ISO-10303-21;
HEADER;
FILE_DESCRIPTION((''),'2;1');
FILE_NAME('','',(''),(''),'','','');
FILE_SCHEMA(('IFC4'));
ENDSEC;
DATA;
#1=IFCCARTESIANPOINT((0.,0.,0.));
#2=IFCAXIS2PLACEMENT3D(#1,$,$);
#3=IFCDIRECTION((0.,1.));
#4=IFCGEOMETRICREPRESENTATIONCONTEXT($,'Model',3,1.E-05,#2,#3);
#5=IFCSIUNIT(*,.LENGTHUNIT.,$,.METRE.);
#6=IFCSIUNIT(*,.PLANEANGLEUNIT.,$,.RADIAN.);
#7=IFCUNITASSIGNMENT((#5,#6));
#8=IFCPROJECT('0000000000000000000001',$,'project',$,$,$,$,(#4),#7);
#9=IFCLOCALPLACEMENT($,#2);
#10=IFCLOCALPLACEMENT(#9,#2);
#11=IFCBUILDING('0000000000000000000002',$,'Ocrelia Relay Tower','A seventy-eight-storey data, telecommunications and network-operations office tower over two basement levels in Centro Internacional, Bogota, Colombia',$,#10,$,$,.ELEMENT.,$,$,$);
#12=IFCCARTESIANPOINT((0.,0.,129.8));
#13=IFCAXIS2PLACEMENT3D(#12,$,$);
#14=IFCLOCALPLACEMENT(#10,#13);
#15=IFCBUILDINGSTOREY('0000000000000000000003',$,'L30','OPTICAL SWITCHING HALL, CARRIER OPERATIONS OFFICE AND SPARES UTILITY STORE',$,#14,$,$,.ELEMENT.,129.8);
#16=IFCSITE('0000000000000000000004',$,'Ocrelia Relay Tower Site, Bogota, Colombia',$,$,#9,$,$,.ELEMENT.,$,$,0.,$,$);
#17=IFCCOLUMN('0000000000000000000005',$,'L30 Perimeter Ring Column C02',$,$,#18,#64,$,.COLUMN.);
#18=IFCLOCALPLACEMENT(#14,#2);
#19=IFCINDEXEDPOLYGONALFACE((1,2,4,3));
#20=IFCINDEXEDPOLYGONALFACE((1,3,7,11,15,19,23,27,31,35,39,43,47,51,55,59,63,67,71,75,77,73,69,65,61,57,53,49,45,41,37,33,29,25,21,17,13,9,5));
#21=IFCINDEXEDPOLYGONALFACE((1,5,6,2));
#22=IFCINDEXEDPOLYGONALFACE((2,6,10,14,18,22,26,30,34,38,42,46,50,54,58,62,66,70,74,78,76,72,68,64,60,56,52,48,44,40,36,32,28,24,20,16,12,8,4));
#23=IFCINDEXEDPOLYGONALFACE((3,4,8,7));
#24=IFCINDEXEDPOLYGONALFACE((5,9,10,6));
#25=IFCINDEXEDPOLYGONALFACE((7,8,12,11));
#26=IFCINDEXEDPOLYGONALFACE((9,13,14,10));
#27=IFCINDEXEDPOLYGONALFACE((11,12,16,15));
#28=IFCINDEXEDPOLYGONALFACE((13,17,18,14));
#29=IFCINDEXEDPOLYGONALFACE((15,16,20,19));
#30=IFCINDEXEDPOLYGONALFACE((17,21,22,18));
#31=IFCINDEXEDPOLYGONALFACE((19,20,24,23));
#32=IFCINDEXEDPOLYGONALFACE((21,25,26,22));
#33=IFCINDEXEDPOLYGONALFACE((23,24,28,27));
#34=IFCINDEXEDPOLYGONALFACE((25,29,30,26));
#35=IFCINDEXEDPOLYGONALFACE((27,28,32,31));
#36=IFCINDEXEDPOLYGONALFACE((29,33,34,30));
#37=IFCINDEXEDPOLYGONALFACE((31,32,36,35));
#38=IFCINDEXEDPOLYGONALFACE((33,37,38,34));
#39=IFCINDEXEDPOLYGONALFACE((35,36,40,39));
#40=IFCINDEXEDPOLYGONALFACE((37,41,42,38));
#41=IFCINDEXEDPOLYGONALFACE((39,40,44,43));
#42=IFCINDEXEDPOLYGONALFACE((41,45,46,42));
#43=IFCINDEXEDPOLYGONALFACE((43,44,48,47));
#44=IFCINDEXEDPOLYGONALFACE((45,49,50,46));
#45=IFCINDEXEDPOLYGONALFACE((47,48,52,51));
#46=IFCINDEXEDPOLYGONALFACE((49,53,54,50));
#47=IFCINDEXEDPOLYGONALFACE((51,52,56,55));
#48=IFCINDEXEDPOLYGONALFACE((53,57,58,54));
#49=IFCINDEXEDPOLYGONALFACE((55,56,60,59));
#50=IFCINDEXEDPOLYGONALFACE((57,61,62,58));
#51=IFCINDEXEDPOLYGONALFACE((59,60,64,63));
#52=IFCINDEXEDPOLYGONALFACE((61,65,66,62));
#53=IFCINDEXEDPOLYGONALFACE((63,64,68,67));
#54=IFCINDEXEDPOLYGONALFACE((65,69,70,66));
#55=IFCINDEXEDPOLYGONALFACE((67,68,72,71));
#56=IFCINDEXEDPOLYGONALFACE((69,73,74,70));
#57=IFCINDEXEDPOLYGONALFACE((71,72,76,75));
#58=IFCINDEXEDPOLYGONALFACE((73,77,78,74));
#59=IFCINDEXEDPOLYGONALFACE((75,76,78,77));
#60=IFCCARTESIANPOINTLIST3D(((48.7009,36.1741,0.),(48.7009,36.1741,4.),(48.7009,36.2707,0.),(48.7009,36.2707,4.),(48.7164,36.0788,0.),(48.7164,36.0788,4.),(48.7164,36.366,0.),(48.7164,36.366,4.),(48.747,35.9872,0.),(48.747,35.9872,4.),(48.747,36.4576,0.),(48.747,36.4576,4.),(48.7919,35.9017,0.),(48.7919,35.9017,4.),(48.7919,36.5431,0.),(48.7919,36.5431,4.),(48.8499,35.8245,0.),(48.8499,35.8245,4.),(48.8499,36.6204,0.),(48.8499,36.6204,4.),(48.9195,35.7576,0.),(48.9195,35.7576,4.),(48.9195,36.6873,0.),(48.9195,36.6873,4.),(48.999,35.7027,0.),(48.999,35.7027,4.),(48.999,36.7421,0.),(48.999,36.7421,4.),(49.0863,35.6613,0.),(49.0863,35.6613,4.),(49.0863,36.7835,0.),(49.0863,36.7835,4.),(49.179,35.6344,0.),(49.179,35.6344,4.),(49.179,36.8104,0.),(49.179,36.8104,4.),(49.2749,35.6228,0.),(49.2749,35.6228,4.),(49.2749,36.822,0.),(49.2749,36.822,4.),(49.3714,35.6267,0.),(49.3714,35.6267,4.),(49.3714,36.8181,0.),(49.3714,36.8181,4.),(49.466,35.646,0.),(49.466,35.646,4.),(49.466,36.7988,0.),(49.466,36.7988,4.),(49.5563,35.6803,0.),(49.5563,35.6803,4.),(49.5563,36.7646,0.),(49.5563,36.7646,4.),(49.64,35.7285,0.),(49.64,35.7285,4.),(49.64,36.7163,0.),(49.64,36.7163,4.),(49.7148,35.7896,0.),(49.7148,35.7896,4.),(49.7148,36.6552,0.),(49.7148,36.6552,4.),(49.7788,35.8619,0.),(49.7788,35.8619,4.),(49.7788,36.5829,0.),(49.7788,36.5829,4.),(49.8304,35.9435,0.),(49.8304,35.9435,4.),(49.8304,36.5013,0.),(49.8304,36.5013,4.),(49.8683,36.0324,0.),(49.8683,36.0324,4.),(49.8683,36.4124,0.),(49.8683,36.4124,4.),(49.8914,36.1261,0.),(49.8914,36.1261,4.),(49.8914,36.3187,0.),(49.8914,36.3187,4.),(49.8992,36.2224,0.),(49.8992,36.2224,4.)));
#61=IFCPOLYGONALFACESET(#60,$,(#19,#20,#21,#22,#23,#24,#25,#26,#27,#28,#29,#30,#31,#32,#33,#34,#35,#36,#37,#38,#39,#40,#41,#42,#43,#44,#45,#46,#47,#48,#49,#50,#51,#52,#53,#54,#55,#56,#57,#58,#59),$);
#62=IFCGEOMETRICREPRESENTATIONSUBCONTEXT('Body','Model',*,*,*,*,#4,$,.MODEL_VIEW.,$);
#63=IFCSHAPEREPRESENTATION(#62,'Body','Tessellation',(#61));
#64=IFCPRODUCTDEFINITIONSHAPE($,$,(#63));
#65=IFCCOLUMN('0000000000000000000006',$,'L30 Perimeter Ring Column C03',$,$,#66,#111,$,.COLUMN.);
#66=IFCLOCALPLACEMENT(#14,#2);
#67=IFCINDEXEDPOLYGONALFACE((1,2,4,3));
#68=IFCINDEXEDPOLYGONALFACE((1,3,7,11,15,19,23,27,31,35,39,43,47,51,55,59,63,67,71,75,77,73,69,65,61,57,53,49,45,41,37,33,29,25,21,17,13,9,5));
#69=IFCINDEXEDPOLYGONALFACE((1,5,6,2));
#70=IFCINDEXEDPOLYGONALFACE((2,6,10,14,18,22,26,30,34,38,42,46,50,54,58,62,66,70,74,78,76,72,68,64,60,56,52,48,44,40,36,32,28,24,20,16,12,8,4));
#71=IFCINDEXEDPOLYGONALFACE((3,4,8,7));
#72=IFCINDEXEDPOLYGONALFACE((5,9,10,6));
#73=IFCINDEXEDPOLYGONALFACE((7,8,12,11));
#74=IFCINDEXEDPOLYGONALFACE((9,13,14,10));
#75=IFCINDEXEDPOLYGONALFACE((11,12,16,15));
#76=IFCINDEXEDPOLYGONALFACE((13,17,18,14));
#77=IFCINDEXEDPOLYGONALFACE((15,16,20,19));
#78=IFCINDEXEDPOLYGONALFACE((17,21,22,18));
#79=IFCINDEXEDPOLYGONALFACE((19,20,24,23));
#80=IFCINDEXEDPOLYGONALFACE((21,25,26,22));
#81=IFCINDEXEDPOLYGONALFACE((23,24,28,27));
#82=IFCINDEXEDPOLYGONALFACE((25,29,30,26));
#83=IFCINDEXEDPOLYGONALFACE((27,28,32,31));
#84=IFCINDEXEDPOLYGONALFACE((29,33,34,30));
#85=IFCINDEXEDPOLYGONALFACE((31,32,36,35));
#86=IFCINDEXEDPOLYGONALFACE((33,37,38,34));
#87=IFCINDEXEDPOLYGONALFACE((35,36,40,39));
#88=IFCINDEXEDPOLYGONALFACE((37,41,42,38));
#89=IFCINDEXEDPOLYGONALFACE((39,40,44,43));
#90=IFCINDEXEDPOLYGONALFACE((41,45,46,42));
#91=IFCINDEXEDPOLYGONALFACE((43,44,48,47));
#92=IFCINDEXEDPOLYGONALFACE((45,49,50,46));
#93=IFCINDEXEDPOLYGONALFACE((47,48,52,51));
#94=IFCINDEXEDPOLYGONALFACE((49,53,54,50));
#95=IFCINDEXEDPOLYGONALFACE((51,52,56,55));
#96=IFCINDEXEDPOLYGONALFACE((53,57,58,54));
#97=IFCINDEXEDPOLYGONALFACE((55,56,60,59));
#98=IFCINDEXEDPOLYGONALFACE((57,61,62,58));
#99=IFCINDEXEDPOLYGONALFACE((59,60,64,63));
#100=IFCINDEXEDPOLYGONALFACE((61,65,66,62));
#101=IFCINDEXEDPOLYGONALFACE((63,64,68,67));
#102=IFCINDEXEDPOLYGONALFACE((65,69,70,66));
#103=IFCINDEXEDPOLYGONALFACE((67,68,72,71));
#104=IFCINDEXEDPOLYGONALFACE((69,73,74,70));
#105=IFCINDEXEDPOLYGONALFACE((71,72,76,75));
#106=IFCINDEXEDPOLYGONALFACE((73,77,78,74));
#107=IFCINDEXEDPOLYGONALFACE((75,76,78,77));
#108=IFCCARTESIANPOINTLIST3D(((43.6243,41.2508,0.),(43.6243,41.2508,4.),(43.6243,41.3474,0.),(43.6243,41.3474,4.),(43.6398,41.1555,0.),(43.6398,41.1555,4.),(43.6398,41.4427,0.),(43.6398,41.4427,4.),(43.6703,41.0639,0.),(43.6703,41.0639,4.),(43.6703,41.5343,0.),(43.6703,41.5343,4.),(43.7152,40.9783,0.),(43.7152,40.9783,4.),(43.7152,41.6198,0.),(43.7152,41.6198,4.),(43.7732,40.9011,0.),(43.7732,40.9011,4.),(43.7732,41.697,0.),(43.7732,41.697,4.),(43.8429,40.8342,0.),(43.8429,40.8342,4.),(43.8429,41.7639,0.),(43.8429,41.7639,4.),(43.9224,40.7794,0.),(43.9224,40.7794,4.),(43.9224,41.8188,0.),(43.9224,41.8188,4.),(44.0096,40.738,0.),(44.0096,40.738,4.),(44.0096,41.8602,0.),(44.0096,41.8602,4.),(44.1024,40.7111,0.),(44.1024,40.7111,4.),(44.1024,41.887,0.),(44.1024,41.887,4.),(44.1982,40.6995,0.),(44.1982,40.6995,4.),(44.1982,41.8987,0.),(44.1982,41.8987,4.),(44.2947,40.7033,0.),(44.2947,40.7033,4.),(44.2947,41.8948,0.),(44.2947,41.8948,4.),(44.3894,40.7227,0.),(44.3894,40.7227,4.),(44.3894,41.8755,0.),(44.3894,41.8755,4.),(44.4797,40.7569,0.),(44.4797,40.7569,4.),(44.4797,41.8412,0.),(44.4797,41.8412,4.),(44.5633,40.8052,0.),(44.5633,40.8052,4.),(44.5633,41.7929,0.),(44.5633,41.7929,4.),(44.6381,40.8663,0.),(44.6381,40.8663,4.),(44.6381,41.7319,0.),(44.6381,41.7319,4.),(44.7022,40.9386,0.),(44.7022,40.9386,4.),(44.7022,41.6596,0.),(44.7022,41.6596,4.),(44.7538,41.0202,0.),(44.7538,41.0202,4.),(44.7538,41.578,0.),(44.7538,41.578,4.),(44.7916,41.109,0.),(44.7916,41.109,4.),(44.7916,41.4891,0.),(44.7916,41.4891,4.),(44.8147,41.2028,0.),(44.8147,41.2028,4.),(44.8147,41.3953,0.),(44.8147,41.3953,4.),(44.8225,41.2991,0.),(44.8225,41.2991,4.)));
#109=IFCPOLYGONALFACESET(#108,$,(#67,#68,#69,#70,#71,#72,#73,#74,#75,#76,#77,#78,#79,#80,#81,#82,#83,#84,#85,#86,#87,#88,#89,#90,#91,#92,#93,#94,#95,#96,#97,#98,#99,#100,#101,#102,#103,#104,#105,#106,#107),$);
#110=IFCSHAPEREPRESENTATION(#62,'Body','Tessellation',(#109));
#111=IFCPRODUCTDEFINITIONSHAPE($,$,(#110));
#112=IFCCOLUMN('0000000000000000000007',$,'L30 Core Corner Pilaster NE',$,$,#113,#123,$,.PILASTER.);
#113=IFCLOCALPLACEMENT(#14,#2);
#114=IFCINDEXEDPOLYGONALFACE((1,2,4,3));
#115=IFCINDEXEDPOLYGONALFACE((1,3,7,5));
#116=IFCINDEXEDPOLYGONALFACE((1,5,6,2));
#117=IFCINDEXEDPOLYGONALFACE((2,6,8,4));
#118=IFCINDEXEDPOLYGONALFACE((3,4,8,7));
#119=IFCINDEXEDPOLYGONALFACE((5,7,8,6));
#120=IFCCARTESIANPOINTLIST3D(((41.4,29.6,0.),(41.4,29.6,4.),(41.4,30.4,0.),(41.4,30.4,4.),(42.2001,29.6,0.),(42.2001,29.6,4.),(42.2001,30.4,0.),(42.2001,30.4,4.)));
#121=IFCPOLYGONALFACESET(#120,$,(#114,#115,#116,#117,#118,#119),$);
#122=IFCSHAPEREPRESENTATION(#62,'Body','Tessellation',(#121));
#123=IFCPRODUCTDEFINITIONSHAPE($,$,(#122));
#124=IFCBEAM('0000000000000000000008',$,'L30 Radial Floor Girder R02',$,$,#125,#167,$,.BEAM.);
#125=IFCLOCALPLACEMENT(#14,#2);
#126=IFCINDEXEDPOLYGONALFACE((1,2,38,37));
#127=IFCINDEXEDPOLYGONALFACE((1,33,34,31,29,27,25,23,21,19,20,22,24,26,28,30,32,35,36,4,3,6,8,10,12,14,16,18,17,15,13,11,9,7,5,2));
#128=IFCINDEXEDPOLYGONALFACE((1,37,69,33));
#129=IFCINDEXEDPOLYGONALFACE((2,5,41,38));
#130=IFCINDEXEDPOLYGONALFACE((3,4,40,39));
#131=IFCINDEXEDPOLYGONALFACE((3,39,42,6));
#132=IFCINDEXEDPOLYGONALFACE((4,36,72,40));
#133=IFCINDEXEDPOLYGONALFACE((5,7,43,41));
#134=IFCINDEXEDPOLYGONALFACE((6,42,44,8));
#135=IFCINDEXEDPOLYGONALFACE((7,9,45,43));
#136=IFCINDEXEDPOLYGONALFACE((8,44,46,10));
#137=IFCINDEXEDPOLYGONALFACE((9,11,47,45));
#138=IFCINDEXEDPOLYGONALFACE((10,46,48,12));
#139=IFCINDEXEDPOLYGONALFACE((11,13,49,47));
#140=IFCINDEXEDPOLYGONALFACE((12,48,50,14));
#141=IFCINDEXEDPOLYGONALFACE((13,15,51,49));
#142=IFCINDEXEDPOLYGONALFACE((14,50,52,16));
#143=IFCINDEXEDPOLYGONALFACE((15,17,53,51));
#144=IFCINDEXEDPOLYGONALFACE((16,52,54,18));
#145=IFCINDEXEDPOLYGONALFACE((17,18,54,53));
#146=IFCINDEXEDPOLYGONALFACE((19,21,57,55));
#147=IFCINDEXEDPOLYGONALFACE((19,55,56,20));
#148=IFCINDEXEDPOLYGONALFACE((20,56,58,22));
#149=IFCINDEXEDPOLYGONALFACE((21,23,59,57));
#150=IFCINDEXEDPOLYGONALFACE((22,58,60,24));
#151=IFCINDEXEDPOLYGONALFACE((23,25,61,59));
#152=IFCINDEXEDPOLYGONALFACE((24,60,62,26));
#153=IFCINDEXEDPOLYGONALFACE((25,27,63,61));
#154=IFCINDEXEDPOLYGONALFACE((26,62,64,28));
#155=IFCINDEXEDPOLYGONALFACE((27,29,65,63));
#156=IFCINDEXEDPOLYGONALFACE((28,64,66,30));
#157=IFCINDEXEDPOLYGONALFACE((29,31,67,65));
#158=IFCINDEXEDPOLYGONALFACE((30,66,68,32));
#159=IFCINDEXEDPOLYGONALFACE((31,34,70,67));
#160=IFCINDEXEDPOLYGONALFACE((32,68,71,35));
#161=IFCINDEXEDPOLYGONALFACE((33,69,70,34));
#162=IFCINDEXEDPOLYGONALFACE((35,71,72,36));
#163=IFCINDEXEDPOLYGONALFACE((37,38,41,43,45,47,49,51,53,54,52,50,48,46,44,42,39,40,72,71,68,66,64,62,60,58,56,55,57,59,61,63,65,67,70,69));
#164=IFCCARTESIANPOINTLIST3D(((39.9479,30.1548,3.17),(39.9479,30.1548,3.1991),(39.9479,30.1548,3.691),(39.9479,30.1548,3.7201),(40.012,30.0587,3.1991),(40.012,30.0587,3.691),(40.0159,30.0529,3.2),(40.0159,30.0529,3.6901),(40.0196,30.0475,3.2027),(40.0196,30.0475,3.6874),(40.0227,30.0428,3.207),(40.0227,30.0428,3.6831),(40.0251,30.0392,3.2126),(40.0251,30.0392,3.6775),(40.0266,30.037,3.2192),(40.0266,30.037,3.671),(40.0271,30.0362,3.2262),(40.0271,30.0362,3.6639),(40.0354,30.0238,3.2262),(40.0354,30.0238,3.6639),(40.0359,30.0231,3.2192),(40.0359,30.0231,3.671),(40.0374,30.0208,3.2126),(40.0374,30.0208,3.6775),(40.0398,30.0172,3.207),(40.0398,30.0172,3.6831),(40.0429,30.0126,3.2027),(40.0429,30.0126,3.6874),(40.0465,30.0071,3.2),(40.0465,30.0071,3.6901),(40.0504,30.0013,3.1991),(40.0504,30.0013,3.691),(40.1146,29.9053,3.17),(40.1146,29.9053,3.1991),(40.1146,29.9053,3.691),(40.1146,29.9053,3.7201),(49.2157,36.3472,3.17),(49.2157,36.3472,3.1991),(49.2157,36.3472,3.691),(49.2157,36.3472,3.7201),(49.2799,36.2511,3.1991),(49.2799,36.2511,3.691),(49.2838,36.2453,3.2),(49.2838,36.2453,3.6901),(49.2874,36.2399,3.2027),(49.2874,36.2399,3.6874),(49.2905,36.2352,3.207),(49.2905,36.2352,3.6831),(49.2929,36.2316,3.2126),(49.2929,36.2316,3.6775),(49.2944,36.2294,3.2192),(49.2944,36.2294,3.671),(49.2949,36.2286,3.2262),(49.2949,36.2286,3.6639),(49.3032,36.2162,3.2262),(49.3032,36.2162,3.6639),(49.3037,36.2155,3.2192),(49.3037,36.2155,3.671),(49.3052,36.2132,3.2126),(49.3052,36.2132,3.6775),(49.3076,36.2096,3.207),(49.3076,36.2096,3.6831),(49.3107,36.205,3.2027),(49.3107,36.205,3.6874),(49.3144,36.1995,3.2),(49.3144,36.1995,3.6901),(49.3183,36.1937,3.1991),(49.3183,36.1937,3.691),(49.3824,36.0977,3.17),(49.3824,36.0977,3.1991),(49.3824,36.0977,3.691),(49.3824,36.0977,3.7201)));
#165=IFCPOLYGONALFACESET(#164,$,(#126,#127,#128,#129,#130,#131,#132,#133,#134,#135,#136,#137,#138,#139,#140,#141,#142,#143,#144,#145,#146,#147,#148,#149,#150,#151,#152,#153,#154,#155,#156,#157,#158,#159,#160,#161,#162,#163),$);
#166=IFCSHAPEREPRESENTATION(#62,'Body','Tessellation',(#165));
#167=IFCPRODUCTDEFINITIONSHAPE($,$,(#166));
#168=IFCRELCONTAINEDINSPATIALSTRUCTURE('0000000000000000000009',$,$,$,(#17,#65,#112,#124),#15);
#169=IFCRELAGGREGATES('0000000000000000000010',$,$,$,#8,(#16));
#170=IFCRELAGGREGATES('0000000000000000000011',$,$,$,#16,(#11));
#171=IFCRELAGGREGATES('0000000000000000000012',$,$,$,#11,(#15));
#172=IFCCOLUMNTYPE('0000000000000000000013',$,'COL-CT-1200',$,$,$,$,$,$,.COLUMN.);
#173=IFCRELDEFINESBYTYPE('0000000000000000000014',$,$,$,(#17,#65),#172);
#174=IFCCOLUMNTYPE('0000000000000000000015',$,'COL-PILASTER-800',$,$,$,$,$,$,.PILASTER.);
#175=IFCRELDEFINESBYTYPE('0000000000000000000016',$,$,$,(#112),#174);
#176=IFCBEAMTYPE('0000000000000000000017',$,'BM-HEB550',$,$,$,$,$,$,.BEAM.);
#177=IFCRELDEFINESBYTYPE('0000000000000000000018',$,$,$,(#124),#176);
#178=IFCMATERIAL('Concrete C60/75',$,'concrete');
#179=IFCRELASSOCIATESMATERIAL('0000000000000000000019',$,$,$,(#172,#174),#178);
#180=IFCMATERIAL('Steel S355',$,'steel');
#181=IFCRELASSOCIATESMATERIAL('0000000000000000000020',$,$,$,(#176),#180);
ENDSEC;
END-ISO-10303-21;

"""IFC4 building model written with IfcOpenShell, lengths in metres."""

from ifc_helpers import new_model, si_unit, direction, frame, origin, origin_2d, place, context, subcontext, project, spatial, rectangle, circle, i_section, extrude, material, material_profile, profile_set, type_object, element, save


model = new_model("IFC4")

# Units and contexts
model_context = context("Model", 3, precision=1e-05, world=origin(), true_north=direction((0.0, 1.0)))
body_context = subcontext(model_context, "Body", "Model", "MODEL_VIEW")
ifc_project = project(units=[si_unit("LENGTHUNIT", "METRE"), si_unit("PLANEANGLEUNIT", "RADIAN")], contexts=[model_context])

# Site, building, storey
site_placement = place(None, origin())
site = spatial("IfcSite", under=ifc_project, at=site_placement, Name="Ocrelia Relay Tower Site, Bogota, Colombia", CompositionType="ELEMENT", RefElevation=0.0)
building_placement = place(site_placement, origin())
building = spatial("IfcBuilding", under=site, at=building_placement, Name="Ocrelia Relay Tower", Description="A seventy-eight-storey data, telecommunications and network-operations office tower over two basement levels in Centro Internacional, Bogota, Colombia", CompositionType="ELEMENT")
storey_placement = place(building_placement, frame((0.0, 0.0, 129.8)))
storey = spatial("IfcBuildingStorey", under=building, at=storey_placement, Name="L30", Description="OPTICAL SWITCHING HALL, CARRIER OPERATIONS OFFICE AND SPARES UTILITY STORE", CompositionType="ELEMENT", Elevation=129.8)

# Columns
ifc_material_1 = material(Name="Concrete C60/75", Category="concrete")
ifc_material_profile_1 = material_profile(ifc_material_1, circle(Radius=0.6001, at=origin_2d()), Name="RC-CIR-1200")
ifc_profile_set_1 = profile_set([ifc_material_profile_1], Name="Concrete C60/75")
column_type_1 = type_object("IfcColumnType", Name="COL-CT-1200", PredefinedType="COLUMN", material=ifc_profile_set_1)
for number, where, z_axis, x_axis, name in (
    (1, (49.2991, 36.2224, 0.0), (0.0, 0.0, 1.0), (1.0, 0.0, 0.0), "L30 Perimeter Ring Column C02"),
    (2, (44.2224, 41.2991, 0.0), (0.0, 0.0, 1.0), (1.0, 0.0, 0.0), "L30 Perimeter Ring Column C03"),
):
    element("IfcColumn", number, at=place(storey_placement, frame(where, z_axis=z_axis, x_axis=x_axis)), inside=storey, type_object=column_type_1, Name=name, PredefinedType="COLUMN", context=body_context, shape_type="SweptSolid", body=[
        extrude(circle(Radius=0.6001, at=origin_2d()), origin(), (0.0, 0.0, 1.0), 4.0),
    ])
ifc_material_profile_2 = material_profile(ifc_material_1, rectangle(XDim=0.8, YDim=0.8, at=origin_2d()), Name="RC-COL-800x800")
ifc_profile_set_2 = profile_set([ifc_material_profile_2], Name="Concrete C60/75")
column_type_2 = type_object("IfcColumnType", Name="COL-PILASTER-800", PredefinedType="PILASTER", material=ifc_profile_set_2)
column_placement = place(storey_placement, frame((41.8, 30.0, 0.0), z_axis=(0.0, 0.0, 1.0), x_axis=(1.0, 0.0, 0.0)))
element("IfcColumn", 3, at=column_placement, inside=storey, type_object=column_type_2, Name="L30 Core Corner Pilaster NE", PredefinedType="PILASTER", context=body_context, shape_type="SweptSolid", body=[
    extrude(rectangle(XDim=0.8, YDim=0.8, at=origin_2d()), origin(), (0.0, 0.0, 1.0), 4.0),
])

# Beam
ifc_material_2 = material(Name="Steel S355", Category="steel")
ifc_material_profile_3 = material_profile(ifc_material_2, i_section(OverallWidth=0.3, OverallDepth=0.55, WebThickness=0.0149, FlangeThickness=0.0291, FilletRadius=0.0271, at=origin_2d()), Name="HEB 550")
ifc_profile_set_3 = profile_set([ifc_material_profile_3], Name="Steel S355")
beam_type_1 = type_object("IfcBeamType", Name="BM-HEB550", PredefinedType="BEAM", material=ifc_profile_set_3)
beam_1_placement = place(storey_placement, frame((49.2991, 36.2224, 3.4451), z_axis=(-0.831477, -0.555559, 0.0), x_axis=(0.555559, -0.831477, 0.0)))
element("IfcBeam", 4, at=beam_1_placement, inside=storey, type_object=beam_type_1, Name="L30 Radial Floor Girder R02", PredefinedType="BEAM", context=body_context, shape_type="SweptSolid", body=[
    extrude(i_section(OverallWidth=0.3, OverallDepth=0.55, WebThickness=0.0149, FlangeThickness=0.0291, FilletRadius=0.0271, at=origin_2d()), origin(), (0.0, 0.0, 1.0), 11.1462),
])

save(model, "model.ifc")
